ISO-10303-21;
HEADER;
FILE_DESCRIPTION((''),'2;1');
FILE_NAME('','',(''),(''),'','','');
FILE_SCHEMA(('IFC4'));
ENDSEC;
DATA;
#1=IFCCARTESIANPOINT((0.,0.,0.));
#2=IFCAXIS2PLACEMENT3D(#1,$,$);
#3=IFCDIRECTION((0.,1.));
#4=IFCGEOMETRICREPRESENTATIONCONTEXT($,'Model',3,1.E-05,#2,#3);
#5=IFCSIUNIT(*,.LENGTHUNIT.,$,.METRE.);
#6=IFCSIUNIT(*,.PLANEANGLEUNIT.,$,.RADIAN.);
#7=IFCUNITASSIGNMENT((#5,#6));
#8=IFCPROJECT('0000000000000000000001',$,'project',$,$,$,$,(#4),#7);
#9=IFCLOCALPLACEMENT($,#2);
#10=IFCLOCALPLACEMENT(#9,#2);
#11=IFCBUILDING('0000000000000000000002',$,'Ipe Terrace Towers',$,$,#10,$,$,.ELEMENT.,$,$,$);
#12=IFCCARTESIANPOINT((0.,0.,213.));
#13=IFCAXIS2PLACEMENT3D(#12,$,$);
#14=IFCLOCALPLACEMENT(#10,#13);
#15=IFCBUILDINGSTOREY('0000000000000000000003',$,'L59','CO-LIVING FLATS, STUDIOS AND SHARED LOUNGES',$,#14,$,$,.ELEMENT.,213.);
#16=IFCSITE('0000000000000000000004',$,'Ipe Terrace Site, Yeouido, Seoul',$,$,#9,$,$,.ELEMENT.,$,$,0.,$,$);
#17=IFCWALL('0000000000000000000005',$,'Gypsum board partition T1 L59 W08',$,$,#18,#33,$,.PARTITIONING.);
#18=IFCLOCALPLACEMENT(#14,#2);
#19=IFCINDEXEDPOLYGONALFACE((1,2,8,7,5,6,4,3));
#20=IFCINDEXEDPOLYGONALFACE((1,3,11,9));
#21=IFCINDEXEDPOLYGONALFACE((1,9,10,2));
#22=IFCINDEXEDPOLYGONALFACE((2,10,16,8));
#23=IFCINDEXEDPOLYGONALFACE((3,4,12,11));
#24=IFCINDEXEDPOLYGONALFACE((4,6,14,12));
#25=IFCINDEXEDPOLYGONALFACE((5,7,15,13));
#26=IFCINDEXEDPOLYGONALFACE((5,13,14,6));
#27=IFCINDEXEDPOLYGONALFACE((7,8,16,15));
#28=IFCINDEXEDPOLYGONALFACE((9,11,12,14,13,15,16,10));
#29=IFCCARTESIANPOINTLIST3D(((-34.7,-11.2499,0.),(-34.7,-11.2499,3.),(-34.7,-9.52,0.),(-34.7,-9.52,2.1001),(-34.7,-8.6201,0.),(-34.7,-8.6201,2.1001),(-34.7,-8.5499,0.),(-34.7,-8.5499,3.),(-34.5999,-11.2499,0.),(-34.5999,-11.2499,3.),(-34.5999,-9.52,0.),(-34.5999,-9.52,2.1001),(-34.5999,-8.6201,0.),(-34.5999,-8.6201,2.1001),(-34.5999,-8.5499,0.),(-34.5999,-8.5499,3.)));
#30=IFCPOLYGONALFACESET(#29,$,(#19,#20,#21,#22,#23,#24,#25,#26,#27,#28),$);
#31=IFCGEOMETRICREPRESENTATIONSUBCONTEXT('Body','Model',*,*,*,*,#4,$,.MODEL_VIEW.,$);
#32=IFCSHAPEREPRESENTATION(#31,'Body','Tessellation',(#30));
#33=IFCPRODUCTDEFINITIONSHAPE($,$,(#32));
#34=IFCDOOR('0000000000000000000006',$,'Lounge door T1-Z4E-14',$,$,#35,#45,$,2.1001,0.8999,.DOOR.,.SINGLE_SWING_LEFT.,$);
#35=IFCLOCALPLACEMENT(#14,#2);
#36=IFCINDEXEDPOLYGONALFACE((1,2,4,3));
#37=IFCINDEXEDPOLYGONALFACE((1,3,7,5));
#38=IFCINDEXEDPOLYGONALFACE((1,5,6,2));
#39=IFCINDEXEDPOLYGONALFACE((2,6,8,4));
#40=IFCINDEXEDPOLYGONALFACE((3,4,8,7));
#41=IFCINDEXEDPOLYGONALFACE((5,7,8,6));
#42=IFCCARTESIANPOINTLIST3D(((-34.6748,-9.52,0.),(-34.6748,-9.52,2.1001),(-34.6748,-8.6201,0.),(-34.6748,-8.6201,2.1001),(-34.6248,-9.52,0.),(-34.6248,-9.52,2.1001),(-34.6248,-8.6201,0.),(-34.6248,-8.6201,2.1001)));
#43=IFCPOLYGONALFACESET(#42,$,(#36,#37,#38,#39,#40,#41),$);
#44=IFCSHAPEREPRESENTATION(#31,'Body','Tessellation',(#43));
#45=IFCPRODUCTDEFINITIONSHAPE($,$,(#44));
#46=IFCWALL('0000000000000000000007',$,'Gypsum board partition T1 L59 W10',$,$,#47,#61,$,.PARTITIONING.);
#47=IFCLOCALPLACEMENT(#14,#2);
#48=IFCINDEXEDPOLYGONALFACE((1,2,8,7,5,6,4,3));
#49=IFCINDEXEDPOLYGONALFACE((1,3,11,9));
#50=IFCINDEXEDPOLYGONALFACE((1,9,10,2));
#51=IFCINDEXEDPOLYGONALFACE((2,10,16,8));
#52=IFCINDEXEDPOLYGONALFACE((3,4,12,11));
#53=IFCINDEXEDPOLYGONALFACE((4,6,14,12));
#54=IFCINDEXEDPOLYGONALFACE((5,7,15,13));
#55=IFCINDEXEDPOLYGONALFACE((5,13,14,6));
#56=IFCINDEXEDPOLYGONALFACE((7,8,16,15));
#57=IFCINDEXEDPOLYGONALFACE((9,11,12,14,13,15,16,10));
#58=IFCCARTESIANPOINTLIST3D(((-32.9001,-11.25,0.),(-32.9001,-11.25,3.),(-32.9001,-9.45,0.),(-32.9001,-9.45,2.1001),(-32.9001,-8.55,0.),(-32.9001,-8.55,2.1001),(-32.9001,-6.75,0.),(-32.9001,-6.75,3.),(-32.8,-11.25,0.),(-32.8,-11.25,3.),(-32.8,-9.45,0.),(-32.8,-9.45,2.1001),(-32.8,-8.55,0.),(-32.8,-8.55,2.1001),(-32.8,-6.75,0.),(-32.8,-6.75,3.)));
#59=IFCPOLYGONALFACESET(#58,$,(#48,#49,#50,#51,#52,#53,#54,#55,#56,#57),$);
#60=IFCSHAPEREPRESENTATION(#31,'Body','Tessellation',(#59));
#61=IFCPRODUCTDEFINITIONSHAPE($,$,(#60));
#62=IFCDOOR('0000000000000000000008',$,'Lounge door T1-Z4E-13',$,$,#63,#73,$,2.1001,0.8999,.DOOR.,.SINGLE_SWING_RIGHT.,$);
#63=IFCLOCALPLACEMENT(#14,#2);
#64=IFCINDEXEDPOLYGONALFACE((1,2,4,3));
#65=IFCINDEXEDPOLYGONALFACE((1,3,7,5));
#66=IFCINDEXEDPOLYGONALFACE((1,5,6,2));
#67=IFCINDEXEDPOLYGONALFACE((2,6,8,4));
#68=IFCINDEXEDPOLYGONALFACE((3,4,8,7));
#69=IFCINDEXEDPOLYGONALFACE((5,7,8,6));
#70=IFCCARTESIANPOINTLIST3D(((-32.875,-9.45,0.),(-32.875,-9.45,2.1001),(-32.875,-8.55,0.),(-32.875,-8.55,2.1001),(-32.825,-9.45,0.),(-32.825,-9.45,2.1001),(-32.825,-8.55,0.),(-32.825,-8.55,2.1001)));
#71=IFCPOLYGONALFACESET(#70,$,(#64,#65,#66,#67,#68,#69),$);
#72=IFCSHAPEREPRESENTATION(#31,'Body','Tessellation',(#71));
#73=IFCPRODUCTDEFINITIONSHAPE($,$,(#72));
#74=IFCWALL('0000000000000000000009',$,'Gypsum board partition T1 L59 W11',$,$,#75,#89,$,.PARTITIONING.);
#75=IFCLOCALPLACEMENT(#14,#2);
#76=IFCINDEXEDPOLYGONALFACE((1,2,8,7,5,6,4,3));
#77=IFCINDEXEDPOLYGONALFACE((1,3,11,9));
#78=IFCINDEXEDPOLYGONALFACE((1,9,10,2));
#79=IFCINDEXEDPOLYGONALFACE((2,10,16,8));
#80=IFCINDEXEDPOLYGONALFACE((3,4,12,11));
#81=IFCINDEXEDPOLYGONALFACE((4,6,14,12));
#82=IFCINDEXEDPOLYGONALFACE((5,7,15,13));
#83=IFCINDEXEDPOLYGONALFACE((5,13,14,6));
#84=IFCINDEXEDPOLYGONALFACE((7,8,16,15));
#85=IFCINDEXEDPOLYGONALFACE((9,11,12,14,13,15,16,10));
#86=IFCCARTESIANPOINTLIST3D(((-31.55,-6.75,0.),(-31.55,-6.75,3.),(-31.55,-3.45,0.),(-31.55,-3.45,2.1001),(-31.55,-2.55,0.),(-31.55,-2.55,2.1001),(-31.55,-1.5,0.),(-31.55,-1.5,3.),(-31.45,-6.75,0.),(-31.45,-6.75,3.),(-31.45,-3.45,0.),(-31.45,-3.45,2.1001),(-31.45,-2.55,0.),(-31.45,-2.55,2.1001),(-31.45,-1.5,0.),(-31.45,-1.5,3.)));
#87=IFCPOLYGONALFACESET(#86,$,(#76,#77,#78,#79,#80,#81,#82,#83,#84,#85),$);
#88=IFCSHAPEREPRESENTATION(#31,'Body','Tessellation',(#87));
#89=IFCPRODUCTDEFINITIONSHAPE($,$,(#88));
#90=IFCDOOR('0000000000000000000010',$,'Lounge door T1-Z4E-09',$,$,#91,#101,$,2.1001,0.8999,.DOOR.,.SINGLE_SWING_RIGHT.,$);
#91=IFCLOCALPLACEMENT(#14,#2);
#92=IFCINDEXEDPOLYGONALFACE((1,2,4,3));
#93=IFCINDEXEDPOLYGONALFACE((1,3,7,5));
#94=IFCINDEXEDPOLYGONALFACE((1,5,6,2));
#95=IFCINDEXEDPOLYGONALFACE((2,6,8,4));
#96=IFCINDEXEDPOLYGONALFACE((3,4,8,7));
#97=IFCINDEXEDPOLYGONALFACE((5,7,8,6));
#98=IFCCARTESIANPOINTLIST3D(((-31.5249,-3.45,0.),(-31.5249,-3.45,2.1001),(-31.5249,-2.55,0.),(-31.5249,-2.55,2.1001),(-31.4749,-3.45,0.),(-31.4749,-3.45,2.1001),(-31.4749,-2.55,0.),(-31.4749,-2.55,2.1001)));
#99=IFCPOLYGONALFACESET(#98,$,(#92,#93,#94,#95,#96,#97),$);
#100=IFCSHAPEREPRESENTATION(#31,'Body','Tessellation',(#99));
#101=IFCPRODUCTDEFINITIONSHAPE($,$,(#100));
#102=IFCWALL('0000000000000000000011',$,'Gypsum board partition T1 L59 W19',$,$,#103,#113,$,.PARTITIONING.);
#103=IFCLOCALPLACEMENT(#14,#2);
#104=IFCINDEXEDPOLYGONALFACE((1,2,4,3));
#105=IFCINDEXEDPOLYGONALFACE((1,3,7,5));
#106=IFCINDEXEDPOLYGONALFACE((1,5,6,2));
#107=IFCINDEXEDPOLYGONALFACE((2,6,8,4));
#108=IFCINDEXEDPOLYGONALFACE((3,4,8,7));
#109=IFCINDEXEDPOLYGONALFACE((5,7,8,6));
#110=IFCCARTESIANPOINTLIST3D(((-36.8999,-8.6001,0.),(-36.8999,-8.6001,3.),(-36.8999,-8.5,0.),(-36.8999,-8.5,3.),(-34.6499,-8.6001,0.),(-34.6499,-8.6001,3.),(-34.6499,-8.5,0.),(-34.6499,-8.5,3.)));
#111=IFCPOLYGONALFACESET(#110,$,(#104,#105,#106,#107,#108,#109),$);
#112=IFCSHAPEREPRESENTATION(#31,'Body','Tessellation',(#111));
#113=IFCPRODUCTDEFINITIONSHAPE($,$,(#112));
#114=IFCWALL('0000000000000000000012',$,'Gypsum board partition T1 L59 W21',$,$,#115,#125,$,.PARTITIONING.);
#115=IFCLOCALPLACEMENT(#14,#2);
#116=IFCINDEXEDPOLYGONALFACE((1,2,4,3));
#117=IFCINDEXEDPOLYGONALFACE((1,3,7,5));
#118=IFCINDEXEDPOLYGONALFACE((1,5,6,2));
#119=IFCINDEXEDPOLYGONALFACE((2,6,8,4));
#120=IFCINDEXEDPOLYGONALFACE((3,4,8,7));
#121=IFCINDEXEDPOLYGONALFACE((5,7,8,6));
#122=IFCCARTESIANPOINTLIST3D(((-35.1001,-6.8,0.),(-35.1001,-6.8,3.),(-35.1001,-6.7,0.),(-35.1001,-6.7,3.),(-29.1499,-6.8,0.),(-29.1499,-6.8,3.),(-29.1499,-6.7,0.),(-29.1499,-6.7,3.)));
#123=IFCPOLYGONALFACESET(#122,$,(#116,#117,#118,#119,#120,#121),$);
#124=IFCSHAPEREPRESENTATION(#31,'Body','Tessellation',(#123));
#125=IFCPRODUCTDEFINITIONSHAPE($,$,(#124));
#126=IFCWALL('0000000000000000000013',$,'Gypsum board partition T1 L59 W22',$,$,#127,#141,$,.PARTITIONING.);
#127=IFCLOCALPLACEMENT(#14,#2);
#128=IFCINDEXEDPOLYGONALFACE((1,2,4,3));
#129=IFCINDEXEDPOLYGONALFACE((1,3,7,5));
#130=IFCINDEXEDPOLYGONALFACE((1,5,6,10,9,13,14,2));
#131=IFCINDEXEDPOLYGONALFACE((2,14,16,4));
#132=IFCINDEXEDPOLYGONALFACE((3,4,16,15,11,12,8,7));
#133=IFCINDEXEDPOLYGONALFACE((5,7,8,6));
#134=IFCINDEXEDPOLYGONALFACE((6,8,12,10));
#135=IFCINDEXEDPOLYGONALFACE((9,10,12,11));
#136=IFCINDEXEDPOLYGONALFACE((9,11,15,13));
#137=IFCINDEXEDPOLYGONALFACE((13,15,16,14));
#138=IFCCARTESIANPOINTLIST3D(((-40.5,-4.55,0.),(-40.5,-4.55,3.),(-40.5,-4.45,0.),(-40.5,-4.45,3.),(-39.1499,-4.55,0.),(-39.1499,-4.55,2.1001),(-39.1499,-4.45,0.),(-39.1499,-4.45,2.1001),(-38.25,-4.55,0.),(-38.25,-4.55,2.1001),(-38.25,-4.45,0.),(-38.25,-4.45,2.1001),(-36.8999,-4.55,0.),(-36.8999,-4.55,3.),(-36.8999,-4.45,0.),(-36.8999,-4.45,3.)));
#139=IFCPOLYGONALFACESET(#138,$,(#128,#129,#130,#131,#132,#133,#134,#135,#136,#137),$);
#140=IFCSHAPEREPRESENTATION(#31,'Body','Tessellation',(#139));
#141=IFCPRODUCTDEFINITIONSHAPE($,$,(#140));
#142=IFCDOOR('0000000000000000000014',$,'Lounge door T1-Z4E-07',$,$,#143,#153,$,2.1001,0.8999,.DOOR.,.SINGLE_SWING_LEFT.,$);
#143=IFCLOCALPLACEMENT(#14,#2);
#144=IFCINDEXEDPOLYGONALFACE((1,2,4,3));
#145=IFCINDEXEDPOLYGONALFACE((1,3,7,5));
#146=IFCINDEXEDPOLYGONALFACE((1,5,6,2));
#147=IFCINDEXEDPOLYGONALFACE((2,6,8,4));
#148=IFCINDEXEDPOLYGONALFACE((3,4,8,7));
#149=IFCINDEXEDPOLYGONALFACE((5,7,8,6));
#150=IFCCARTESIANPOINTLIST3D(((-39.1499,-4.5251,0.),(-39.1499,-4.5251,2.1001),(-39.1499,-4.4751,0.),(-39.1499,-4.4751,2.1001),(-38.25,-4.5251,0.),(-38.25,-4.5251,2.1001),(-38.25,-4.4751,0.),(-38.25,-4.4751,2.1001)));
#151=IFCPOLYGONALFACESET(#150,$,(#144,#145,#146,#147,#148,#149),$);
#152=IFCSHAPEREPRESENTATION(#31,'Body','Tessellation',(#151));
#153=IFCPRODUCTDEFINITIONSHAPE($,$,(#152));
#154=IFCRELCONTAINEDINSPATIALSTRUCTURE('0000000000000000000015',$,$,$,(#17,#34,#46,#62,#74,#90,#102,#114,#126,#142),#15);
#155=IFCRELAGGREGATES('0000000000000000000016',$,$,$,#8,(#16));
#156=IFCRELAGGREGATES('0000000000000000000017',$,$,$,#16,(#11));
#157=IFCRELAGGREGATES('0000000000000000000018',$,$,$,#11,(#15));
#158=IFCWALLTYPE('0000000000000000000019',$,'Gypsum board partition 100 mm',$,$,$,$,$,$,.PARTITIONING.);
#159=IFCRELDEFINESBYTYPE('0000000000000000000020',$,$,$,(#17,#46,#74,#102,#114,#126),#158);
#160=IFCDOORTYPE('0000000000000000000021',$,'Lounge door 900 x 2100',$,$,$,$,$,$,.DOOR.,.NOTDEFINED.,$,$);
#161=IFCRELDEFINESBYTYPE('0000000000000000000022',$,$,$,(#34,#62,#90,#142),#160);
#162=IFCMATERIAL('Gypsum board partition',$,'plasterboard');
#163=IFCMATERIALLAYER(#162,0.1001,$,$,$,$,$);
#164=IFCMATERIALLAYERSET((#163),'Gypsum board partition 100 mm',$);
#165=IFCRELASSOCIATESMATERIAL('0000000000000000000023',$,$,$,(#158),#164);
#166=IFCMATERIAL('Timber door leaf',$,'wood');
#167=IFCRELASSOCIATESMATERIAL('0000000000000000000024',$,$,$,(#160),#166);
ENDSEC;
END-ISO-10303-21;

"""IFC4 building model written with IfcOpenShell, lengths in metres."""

from ifc_helpers import new_model, si_unit, direction, frame, frame_2d, origin, place, context, subcontext, project, spatial, rectangle, extrude, material, layer, layer_set, type_object, element, fill, save


model = new_model("IFC4")

# Units and contexts
model_context = context("Model", 3, precision=1e-05, world=origin(), true_north=direction((0.0, 1.0)))
body_context = subcontext(model_context, "Body", "Model", "MODEL_VIEW")
ifc_project = project(units=[si_unit("LENGTHUNIT", "METRE"), si_unit("PLANEANGLEUNIT", "RADIAN")], contexts=[model_context])

# Site, building, storey
site_placement = place(None, origin())
site = spatial("IfcSite", under=ifc_project, at=site_placement, Name="Ipe Terrace Site, Yeouido, Seoul", CompositionType="ELEMENT", RefElevation=0.0)
building_placement = place(site_placement, origin())
building = spatial("IfcBuilding", under=site, at=building_placement, Name="Ipe Terrace Towers", CompositionType="ELEMENT")
storey_placement = place(building_placement, frame((0.0, 0.0, 213.0)))
storey = spatial("IfcBuildingStorey", under=building, at=storey_placement, Name="L59", Description="CO-LIVING FLATS, STUDIOS AND SHARED LOUNGES", CompositionType="ELEMENT", Elevation=213.0)

# Shared definitions
ifc_material_1 = material(Name="Gypsum board partition", Category="plasterboard")
ifc_layer_1 = layer(ifc_material_1, 0.1001)
ifc_layer_set_1 = layer_set([ifc_layer_1], Name="Gypsum board partition 100 mm")
wall_type_1 = type_object("IfcWallType", Name="Gypsum board partition 100 mm", PredefinedType="PARTITIONING", material=ifc_layer_set_1)

# Walls, openings, doors
wall_1_placement = place(storey_placement, frame((-34.6499, -11.25, 0.0), z_axis=(0.0, 0.0, 1.0), x_axis=(0.0, 1.0, 0.0)))
wall_1 = element("IfcWall", 1, at=wall_1_placement, inside=storey, type_object=wall_type_1, Name="Gypsum board partition T1 L59 W08", PredefinedType="PARTITIONING", context=body_context, shape_type="SweptSolid", body=[
    extrude(rectangle(XDim=2.7, YDim=0.1001, at=frame_2d((1.3501, 0.0))), origin(), (0.0, 0.0, 1.0), 3.0),
])
opening_1_placement = place(wall_1_placement, frame((1.73, 0.0, 0.0)))
opening_1 = element("IfcOpeningElement", 2, at=opening_1_placement, cuts=wall_1, PredefinedType="OPENING", context=body_context, shape_type="SweptSolid", body=[
    extrude(rectangle(XDim=0.8999, YDim=2.1001, at=frame_2d((0.45, 1.05))), frame((0.0, 0.0601, 0.0), z_axis=(0.0, -1.0, 0.0), x_axis=(1.0, 0.0, 0.0)), (0.0, 0.0, 1.0), 0.1201),
])
ifc_material_2 = material(Name="Timber door leaf", Category="wood")
door_type = type_object("IfcDoorType", Name="Lounge door 900 x 2100", OperationType="NOTDEFINED", PredefinedType="DOOR", material=ifc_material_2)
door_1_placement = place(opening_1_placement, origin())
door_1 = element("IfcDoor", 3, at=door_1_placement, inside=storey, type_object=door_type, Name="Lounge door T1-Z4E-14", OperationType="SINGLE_SWING_LEFT", OverallHeight=2.1001, OverallWidth=0.8999, PredefinedType="DOOR", context=body_context, shape_type="SweptSolid", body=[
    extrude(rectangle(XDim=0.8999, YDim=2.1001, at=frame_2d((0.45, 1.05))), frame((0.0, 0.0249, 0.0), z_axis=(0.0, -1.0, 0.0), x_axis=(1.0, 0.0, 0.0)), (0.0, 0.0, 1.0), 0.05),
])
fill(opening_1, door_1)
wall_2_placement = place(storey_placement, frame((-32.8501, -11.25, 0.0), z_axis=(0.0, 0.0, 1.0), x_axis=(0.0, 1.0, 0.0)))
wall_2 = element("IfcWall", 4, at=wall_2_placement, inside=storey, type_object=wall_type_1, Name="Gypsum board partition T1 L59 W10", PredefinedType="PARTITIONING", context=body_context, shape_type="SweptSolid", body=[
    extrude(rectangle(XDim=4.5, YDim=0.1001, at=frame_2d((2.25, 0.0))), origin(), (0.0, 0.0, 1.0), 3.0),
])
opening_2_placement = place(wall_2_placement, frame((1.8, 0.0, 0.0)))
opening_2 = element("IfcOpeningElement", 5, at=opening_2_placement, cuts=wall_2, PredefinedType="OPENING", context=body_context, shape_type="SweptSolid", body=[
    extrude(rectangle(XDim=0.8999, YDim=2.1001, at=frame_2d((0.45, 1.05))), frame((0.0, 0.0601, 0.0), z_axis=(0.0, -1.0, 0.0), x_axis=(1.0, 0.0, 0.0)), (0.0, 0.0, 1.0), 0.1201),
])
door_2_placement = place(opening_2_placement, origin())
door_2 = element("IfcDoor", 6, at=door_2_placement, inside=storey, type_object=door_type, Name="Lounge door T1-Z4E-13", OperationType="SINGLE_SWING_RIGHT", OverallHeight=2.1001, OverallWidth=0.8999, PredefinedType="DOOR", context=body_context, shape_type="SweptSolid", body=[
    extrude(rectangle(XDim=0.8999, YDim=2.1001, at=frame_2d((0.45, 1.05))), frame((0.0, 0.0249, 0.0), z_axis=(0.0, -1.0, 0.0), x_axis=(1.0, 0.0, 0.0)), (0.0, 0.0, 1.0), 0.05),
])
fill(opening_2, door_2)
wall_3_placement = place(storey_placement, frame((-31.5, -6.75, 0.0), z_axis=(0.0, 0.0, 1.0), x_axis=(0.0, 1.0, 0.0)))
wall_3 = element("IfcWall", 7, at=wall_3_placement, inside=storey, type_object=wall_type_1, Name="Gypsum board partition T1 L59 W11", PredefinedType="PARTITIONING", context=body_context, shape_type="SweptSolid", body=[
    extrude(rectangle(XDim=5.25, YDim=0.1001, at=frame_2d((2.625, 0.0))), origin(), (0.0, 0.0, 1.0), 3.0),
])
opening_3_placement = place(wall_3_placement, frame((3.3, 0.0, 0.0)))
opening_3 = element("IfcOpeningElement", 8, at=opening_3_placement, cuts=wall_3, PredefinedType="OPENING", context=body_context, shape_type="SweptSolid", body=[
    extrude(rectangle(XDim=0.8999, YDim=2.1001, at=frame_2d((0.45, 1.05))), frame((0.0, 0.0601, 0.0), z_axis=(0.0, -1.0, 0.0), x_axis=(1.0, 0.0, 0.0)), (0.0, 0.0, 1.0), 0.1201),
])
door_3_placement = place(opening_3_placement, origin())
door_3 = element("IfcDoor", 9, at=door_3_placement, inside=storey, type_object=door_type, Name="Lounge door T1-Z4E-09", OperationType="SINGLE_SWING_RIGHT", OverallHeight=2.1001, OverallWidth=0.8999, PredefinedType="DOOR", context=body_context, shape_type="SweptSolid", body=[
    extrude(rectangle(XDim=0.8999, YDim=2.1001, at=frame_2d((0.45, 1.05))), frame((0.0, 0.0249, 0.0), z_axis=(0.0, -1.0, 0.0), x_axis=(1.0, 0.0, 0.0)), (0.0, 0.0, 1.0), 0.05),
])
fill(opening_3, door_3)

# Walls
wall_4_placement = place(storey_placement, frame((-36.8999, -8.55, 0.0), z_axis=(0.0, 0.0, 1.0), x_axis=(1.0, 0.0, 0.0)))
element("IfcWall", 10, at=wall_4_placement, inside=storey, type_object=wall_type_1, Name="Gypsum board partition T1 L59 W19", PredefinedType="PARTITIONING", context=body_context, shape_type="SweptSolid", body=[
    extrude(rectangle(XDim=2.25, YDim=0.1001, at=frame_2d((1.125, 0.0))), origin(), (0.0, 0.0, 1.0), 3.0),
])
wall_5_placement = place(storey_placement, frame((-35.1001, -6.75, 0.0), z_axis=(0.0, 0.0, 1.0), x_axis=(1.0, 0.0, 0.0)))
element("IfcWall", 11, at=wall_5_placement, inside=storey, type_object=wall_type_1, Name="Gypsum board partition T1 L59 W21", PredefinedType="PARTITIONING", context=body_context, shape_type="SweptSolid", body=[
    extrude(rectangle(XDim=5.9502, YDim=0.1001, at=frame_2d((2.9751, 0.0))), origin(), (0.0, 0.0, 1.0), 3.0),
])

# Wall, opening, door
wall_6_placement = place(storey_placement, frame((-40.5, -4.5, 0.0), z_axis=(0.0, 0.0, 1.0), x_axis=(1.0, 0.0, 0.0)))
wall_6 = element("IfcWall", 12, at=wall_6_placement, inside=storey, type_object=wall_type_1, Name="Gypsum board partition T1 L59 W22", PredefinedType="PARTITIONING", context=body_context, shape_type="SweptSolid", body=[
    extrude(rectangle(XDim=3.6001, YDim=0.1001, at=frame_2d((1.8, 0.0))), origin(), (0.0, 0.0, 1.0), 3.0),
])
opening_4_placement = place(wall_6_placement, frame((1.3501, 0.0, 0.0)))
opening_4 = element("IfcOpeningElement", 13, at=opening_4_placement, cuts=wall_6, PredefinedType="OPENING", context=body_context, shape_type="SweptSolid", body=[
    extrude(rectangle(XDim=0.8999, YDim=2.1001, at=frame_2d((0.45, 1.05))), frame((0.0, 0.0601, 0.0), z_axis=(0.0, -1.0, 0.0), x_axis=(1.0, 0.0, 0.0)), (0.0, 0.0, 1.0), 0.1201),
])
door_4_placement = place(opening_4_placement, origin())
door_4 = element("IfcDoor", 14, at=door_4_placement, inside=storey, type_object=door_type, Name="Lounge door T1-Z4E-07", OperationType="SINGLE_SWING_LEFT", OverallHeight=2.1001, OverallWidth=0.8999, PredefinedType="DOOR", context=body_context, shape_type="SweptSolid", body=[
    extrude(rectangle(XDim=0.8999, YDim=2.1001, at=frame_2d((0.45, 1.05))), frame((0.0, 0.0249, 0.0), z_axis=(0.0, -1.0, 0.0), x_axis=(1.0, 0.0, 0.0)), (0.0, 0.0, 1.0), 0.05),
])
fill(opening_4, door_4)

save(model, "model.ifc")
